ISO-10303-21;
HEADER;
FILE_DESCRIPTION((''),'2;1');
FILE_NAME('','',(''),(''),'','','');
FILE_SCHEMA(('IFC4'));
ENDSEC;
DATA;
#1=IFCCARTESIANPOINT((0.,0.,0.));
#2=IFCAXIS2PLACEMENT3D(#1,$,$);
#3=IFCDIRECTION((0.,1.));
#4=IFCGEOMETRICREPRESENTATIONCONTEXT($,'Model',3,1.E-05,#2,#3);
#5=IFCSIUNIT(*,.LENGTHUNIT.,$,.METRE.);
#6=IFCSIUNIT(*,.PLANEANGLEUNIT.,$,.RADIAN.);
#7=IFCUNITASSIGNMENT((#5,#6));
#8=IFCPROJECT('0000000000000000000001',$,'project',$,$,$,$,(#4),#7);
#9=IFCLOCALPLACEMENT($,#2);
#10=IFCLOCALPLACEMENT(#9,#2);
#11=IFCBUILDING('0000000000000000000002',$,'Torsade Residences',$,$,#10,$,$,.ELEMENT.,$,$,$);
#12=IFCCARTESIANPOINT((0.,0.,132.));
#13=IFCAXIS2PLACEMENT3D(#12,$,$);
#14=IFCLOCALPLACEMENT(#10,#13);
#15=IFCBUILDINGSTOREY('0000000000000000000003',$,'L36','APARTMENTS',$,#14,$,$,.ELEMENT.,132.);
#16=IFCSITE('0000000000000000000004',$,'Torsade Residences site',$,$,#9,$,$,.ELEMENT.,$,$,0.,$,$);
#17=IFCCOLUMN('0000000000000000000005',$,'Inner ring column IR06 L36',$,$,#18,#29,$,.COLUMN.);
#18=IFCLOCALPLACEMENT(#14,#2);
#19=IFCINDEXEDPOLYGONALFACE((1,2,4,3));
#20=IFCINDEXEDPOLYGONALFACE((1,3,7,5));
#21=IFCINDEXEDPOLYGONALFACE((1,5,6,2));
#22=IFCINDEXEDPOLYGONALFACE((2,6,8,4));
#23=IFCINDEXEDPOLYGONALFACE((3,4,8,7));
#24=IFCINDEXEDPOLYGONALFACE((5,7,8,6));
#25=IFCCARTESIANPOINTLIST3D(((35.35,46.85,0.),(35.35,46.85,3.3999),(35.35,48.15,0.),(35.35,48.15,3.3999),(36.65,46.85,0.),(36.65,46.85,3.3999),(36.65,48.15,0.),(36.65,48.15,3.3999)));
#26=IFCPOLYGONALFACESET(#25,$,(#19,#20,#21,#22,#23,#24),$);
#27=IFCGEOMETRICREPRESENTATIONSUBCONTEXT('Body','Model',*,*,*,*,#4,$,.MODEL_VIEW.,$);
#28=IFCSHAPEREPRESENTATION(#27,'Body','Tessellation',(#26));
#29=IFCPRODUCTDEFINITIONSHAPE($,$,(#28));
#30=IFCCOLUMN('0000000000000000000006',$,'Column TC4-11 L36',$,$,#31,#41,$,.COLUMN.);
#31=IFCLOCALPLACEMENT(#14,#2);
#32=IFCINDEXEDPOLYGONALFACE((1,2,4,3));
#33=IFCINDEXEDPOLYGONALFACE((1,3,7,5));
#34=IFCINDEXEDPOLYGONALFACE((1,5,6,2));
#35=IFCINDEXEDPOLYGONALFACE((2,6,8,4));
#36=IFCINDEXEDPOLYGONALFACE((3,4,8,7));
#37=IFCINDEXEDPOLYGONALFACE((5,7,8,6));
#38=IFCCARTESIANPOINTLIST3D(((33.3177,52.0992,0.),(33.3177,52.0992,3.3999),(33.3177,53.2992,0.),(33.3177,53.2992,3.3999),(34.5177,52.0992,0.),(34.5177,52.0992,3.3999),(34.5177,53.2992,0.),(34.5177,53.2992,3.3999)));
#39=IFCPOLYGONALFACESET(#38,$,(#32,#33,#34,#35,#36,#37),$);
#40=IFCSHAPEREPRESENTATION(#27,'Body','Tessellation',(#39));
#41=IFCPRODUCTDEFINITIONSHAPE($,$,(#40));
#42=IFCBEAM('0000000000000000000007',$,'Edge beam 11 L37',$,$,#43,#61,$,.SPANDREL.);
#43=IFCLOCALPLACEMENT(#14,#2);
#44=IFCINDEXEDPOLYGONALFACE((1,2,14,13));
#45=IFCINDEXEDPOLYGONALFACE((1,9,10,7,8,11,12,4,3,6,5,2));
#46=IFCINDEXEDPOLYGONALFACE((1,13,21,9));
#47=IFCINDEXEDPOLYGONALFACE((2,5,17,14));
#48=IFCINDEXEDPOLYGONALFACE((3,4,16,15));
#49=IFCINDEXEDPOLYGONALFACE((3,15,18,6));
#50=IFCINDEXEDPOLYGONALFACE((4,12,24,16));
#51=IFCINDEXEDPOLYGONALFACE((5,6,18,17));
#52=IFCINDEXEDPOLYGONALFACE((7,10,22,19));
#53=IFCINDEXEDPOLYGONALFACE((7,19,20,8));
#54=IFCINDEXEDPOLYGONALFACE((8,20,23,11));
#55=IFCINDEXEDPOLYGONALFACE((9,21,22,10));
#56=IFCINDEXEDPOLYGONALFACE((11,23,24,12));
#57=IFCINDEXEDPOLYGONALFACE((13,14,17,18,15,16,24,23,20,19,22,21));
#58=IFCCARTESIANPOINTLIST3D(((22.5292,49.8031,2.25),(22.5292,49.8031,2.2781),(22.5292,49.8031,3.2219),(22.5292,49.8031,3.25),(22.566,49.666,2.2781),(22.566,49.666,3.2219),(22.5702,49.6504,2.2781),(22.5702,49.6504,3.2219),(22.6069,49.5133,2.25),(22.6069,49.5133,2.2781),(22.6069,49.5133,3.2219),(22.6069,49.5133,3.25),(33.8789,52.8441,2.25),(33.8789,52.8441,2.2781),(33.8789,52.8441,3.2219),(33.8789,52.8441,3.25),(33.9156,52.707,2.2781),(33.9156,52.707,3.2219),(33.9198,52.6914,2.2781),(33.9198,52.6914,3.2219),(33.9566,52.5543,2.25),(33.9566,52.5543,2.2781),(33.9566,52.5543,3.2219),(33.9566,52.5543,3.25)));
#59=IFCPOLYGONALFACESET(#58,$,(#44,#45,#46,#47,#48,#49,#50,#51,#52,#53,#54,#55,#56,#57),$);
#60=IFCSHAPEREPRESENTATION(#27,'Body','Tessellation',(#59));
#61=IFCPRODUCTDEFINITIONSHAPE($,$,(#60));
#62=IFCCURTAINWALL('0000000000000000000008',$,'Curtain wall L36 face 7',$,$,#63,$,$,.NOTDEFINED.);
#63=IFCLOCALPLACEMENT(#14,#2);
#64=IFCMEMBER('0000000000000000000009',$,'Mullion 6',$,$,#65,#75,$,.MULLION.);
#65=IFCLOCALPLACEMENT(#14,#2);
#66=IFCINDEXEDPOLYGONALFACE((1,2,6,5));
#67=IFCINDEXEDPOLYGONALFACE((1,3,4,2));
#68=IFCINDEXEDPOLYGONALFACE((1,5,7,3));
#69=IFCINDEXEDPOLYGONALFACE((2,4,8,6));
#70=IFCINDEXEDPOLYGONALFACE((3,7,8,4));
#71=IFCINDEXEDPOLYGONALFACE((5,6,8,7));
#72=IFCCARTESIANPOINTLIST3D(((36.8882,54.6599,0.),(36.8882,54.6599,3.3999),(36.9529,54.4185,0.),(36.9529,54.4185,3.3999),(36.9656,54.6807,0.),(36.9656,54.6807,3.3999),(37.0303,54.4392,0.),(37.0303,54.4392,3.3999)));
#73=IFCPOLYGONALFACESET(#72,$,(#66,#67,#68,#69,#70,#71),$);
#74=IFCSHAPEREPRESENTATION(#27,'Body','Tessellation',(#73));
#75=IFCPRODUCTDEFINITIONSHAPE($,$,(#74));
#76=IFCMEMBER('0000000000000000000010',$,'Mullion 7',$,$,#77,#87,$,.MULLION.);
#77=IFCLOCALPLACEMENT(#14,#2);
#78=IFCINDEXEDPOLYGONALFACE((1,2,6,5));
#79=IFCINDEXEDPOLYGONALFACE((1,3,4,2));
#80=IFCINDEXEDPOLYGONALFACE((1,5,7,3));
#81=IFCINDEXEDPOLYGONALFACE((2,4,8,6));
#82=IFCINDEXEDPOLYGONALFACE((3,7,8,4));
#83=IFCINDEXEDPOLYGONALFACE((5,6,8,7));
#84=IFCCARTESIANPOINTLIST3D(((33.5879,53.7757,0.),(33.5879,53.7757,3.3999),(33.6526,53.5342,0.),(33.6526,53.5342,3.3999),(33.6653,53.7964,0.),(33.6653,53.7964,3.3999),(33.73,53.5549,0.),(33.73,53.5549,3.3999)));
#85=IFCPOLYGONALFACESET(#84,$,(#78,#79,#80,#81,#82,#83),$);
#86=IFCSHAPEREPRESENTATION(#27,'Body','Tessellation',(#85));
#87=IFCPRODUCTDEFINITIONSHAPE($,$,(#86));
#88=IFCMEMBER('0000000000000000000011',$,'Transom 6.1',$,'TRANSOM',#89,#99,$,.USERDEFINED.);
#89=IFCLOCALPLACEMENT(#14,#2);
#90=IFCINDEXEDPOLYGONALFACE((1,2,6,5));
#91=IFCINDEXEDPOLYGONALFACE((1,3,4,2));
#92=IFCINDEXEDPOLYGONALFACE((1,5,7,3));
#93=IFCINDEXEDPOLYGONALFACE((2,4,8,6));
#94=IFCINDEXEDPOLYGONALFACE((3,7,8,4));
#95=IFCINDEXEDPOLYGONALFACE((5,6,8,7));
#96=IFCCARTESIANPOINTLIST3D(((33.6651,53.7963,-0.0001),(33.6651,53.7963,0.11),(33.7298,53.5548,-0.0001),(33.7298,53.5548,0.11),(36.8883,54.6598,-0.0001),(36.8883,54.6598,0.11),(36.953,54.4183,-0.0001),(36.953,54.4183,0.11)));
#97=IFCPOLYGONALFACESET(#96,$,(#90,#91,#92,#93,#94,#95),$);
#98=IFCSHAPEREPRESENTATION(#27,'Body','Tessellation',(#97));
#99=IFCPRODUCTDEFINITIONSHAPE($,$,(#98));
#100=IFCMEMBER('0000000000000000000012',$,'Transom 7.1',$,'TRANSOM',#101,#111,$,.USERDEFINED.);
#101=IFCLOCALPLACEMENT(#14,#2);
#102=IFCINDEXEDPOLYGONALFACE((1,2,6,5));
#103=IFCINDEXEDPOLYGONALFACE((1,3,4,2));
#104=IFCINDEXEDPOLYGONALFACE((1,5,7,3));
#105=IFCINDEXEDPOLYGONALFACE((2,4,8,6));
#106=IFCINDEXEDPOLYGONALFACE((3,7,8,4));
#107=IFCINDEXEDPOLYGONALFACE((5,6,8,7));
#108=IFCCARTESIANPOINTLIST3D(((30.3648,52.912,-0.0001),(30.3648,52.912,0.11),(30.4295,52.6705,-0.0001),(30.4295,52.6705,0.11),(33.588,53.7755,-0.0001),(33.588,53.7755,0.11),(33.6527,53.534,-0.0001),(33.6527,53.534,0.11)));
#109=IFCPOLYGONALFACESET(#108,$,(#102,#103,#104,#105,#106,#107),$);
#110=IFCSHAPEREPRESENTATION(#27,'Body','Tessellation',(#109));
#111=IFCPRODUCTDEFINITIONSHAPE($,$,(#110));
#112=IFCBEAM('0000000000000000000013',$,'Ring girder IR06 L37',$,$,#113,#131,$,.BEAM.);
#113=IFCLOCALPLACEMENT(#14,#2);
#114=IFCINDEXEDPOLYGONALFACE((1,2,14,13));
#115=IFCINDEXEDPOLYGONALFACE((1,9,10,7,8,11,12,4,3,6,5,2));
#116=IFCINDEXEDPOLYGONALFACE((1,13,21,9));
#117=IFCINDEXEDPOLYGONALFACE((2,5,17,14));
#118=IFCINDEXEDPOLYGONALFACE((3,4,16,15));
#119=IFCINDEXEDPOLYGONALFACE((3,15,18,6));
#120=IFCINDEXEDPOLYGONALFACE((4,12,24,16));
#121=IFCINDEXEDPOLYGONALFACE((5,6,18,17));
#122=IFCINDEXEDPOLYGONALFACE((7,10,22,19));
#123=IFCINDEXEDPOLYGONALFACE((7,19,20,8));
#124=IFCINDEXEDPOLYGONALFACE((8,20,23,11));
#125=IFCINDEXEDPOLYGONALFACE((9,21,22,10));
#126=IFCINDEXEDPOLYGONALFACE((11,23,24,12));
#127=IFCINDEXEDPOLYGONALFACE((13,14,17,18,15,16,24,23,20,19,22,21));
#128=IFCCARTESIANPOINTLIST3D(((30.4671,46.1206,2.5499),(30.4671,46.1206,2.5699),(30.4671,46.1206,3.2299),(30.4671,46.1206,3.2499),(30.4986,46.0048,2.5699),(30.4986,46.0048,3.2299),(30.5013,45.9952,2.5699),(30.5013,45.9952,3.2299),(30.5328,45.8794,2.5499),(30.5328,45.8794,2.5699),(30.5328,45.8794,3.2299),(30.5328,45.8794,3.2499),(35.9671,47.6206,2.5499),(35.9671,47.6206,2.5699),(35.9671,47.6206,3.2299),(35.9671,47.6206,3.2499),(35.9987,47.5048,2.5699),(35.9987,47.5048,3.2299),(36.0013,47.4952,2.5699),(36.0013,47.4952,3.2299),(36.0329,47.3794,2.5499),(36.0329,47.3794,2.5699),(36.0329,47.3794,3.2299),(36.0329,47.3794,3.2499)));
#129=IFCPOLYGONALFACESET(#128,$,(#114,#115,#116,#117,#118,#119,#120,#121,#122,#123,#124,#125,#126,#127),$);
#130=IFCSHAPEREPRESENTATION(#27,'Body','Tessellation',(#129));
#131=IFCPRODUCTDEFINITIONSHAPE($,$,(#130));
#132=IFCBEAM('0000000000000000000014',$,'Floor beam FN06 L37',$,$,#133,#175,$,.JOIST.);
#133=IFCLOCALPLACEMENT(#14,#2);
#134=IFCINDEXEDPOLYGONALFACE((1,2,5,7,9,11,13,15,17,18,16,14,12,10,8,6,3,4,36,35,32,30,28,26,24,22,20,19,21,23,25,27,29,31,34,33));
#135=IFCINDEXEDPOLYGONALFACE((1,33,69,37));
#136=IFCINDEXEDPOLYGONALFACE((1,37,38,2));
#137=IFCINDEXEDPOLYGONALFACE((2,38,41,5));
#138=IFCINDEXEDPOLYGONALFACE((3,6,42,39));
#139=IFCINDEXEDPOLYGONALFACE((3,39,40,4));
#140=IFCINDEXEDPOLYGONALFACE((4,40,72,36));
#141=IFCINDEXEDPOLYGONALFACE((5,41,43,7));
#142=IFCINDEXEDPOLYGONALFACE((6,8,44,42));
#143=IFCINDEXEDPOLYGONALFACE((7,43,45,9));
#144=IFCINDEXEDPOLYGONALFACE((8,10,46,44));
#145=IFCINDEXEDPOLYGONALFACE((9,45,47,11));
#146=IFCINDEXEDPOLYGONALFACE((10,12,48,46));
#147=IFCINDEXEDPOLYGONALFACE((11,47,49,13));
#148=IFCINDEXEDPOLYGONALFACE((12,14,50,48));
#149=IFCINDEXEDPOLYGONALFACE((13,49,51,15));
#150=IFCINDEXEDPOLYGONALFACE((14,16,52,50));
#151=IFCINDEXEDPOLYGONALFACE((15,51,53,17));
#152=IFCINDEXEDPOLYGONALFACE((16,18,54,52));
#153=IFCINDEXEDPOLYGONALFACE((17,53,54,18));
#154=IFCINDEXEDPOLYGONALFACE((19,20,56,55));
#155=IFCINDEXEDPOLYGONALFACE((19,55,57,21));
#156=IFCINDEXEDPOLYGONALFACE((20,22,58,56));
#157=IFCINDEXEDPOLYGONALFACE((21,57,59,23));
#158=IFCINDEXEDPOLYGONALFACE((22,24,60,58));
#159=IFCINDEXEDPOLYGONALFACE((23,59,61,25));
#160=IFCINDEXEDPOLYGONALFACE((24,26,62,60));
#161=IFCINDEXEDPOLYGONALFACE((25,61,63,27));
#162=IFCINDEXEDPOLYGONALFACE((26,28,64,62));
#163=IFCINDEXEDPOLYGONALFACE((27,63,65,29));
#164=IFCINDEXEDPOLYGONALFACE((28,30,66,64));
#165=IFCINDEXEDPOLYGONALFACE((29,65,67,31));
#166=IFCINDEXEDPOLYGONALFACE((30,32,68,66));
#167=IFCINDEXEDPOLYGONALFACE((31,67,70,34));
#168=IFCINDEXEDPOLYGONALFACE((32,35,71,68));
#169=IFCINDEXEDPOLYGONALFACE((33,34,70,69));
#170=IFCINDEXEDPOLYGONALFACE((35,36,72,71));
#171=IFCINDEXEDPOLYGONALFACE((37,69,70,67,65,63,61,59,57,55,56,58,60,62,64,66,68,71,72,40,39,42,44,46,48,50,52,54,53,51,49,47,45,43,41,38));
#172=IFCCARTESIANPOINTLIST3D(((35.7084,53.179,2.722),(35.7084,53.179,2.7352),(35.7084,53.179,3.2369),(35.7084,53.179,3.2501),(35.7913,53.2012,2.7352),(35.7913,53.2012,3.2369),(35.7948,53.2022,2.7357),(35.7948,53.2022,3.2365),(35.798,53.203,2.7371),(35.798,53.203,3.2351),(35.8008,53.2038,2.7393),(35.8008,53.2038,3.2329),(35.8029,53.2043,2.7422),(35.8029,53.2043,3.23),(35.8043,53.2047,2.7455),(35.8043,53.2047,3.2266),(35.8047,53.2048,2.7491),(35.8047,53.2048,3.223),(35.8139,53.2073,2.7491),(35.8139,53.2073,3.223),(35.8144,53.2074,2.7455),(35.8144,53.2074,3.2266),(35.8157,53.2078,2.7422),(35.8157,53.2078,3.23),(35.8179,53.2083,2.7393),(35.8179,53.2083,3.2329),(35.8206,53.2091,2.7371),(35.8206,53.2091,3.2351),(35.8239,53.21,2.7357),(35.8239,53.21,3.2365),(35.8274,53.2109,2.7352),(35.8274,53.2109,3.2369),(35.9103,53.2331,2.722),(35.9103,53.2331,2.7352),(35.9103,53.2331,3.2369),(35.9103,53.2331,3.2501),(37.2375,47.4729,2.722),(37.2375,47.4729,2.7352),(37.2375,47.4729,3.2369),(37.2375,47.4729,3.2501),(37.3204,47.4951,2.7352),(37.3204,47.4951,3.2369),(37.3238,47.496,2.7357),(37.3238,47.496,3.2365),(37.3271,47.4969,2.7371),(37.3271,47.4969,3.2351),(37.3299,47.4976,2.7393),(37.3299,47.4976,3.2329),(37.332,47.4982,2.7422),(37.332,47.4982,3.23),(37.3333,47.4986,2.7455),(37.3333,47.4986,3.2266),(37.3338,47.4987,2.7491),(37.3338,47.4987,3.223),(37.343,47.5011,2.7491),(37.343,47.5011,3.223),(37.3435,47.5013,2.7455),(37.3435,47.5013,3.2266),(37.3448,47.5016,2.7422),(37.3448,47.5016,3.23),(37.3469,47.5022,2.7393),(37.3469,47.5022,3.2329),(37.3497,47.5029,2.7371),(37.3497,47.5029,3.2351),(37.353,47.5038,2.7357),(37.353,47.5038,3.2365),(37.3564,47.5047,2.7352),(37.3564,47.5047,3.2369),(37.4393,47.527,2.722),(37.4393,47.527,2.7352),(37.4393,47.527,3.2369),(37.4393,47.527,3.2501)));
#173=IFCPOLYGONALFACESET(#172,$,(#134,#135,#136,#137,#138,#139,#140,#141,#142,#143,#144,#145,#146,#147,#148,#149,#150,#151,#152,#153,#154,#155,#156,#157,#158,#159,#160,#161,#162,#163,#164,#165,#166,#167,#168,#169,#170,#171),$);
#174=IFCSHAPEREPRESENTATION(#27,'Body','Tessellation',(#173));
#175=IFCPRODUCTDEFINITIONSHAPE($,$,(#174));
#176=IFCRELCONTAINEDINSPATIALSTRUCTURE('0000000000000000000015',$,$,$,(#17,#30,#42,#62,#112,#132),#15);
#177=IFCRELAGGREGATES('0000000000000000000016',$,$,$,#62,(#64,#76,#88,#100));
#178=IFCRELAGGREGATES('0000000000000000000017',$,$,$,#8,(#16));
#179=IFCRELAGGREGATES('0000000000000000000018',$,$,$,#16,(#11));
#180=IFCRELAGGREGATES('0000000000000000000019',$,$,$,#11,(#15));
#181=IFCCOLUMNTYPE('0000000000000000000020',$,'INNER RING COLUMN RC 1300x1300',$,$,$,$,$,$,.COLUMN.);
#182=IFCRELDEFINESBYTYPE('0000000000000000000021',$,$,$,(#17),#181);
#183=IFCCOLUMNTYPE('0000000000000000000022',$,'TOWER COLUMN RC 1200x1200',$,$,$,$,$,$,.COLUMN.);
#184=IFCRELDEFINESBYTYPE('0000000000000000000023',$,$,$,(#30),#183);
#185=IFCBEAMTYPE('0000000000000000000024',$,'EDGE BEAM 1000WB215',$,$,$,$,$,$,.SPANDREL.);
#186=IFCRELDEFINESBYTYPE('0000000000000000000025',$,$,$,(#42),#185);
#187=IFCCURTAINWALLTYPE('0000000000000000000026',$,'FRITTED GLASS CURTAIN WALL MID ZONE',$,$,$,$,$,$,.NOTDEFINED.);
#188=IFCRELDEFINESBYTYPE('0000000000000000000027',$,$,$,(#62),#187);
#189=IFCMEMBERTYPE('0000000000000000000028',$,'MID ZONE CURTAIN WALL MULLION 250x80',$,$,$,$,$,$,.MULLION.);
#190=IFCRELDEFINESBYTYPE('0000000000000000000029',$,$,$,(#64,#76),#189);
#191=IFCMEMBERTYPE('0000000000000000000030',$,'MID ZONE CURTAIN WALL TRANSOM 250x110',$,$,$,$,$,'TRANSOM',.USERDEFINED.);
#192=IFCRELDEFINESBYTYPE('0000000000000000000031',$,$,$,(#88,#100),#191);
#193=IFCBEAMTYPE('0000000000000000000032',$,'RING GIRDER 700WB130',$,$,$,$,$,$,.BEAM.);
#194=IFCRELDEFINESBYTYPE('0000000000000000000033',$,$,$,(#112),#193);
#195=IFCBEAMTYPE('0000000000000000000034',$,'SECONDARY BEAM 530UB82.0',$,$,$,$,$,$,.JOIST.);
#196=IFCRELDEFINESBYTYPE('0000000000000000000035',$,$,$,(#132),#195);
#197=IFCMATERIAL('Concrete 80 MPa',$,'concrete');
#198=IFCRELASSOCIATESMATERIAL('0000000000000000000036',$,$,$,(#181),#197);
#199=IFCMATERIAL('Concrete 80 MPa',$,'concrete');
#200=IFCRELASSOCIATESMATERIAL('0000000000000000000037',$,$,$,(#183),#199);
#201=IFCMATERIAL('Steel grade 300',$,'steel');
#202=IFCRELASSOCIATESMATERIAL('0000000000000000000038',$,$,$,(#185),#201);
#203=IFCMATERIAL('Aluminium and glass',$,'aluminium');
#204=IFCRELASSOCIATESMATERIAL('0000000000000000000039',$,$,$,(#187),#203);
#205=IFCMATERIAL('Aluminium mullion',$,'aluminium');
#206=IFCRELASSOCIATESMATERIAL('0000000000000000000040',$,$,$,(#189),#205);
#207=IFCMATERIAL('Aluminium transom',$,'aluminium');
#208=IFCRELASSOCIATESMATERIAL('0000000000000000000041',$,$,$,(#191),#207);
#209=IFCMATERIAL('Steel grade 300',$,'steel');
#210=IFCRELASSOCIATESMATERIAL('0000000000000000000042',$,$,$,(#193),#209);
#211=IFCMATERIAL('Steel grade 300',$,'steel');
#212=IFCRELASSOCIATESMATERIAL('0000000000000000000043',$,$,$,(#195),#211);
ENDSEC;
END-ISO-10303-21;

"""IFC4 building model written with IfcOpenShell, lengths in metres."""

from ifc_helpers import new_model, si_unit, direction, frame, origin, origin_2d, place, context, subcontext, project, spatial, rectangle, i_section, extrude, material, material_profile, profile_set, type_object, element, aggregate, save


model = new_model("IFC4")

# Units and contexts
model_context = context("Model", 3, precision=1e-05, world=origin(), true_north=direction((0.0, 1.0)))
body_context = subcontext(model_context, "Body", "Model", "MODEL_VIEW")
ifc_project = project(units=[si_unit("LENGTHUNIT", "METRE"), si_unit("PLANEANGLEUNIT", "RADIAN")], contexts=[model_context])

# Site, building, storey
site_placement = place(None, origin())
site = spatial("IfcSite", under=ifc_project, at=site_placement, Name="Torsade Residences site", CompositionType="ELEMENT", RefElevation=0.0)
building_placement = place(site_placement, origin())
building = spatial("IfcBuilding", under=site, at=building_placement, Name="Torsade Residences", CompositionType="ELEMENT")
storey_placement = place(building_placement, frame((0.0, 0.0, 132.0)))
storey = spatial("IfcBuildingStorey", under=building, at=storey_placement, Name="L36", Description="APARTMENTS", CompositionType="ELEMENT", Elevation=132.0)

# Columns
ifc_material_1 = material(Name="Concrete 80 MPa", Category="concrete")
ifc_material_profile_1 = material_profile(ifc_material_1, rectangle(XDim=1.3, YDim=1.3, at=origin_2d()), Name="RC 1300x1300")
ifc_profile_set_1 = profile_set([ifc_material_profile_1], Name="Concrete 80 MPa")
column_type_1 = type_object("IfcColumnType", Name="INNER RING COLUMN RC 1300x1300", PredefinedType="COLUMN", material=ifc_profile_set_1)
column_1_placement = place(storey_placement, frame((36.0, 47.5, 0.0), z_axis=(0.0, 0.0, 1.0), x_axis=(1.0, 0.0, 0.0)))
element("IfcColumn", 1, at=column_1_placement, inside=storey, type_object=column_type_1, Name="Inner ring column IR06 L36", PredefinedType="COLUMN", context=body_context, shape_type="SweptSolid", body=[
    extrude(rectangle(XDim=1.3, YDim=1.3, at=origin_2d()), origin(), (0.0, 0.0, 1.0), 3.3999),
])
ifc_material_2 = material(Name="Concrete 80 MPa", Category="concrete")
ifc_material_profile_2 = material_profile(ifc_material_2, rectangle(XDim=1.2, YDim=1.2, at=origin_2d()), Name="RC 1200x1200")
ifc_profile_set_2 = profile_set([ifc_material_profile_2], Name="Concrete 80 MPa")
column_type_2 = type_object("IfcColumnType", Name="TOWER COLUMN RC 1200x1200", PredefinedType="COLUMN", material=ifc_profile_set_2)
column_2_placement = place(storey_placement, frame((33.9177, 52.6992, 0.0), z_axis=(0.0, 0.0, 1.0), x_axis=(1.0, 0.0, 0.0)))
element("IfcColumn", 2, at=column_2_placement, inside=storey, type_object=column_type_2, Name="Column TC4-11 L36", PredefinedType="COLUMN", context=body_context, shape_type="SweptSolid", body=[
    extrude(rectangle(XDim=1.2, YDim=1.2, at=origin_2d()), origin(), (0.0, 0.0, 1.0), 3.3999),
])

# Beam
ifc_material_3 = material(Name="Steel grade 300", Category="steel")
ifc_material_profile_3 = material_profile(ifc_material_3, i_section(OverallWidth=0.3, OverallDepth=1.0, WebThickness=0.0161, FlangeThickness=0.0281, at=origin_2d()), Name="1000WB215")
ifc_profile_set_3 = profile_set([ifc_material_profile_3], Name="Steel grade 300")
beam_type_1 = type_object("IfcBeamType", Name="EDGE BEAM 1000WB215", PredefinedType="SPANDREL", material=ifc_profile_set_3)
beam_1_placement = place(storey_placement, frame((33.9177, 52.6992, 2.75), z_axis=(-0.965928, -0.258811, 0.0), x_axis=(0.258811, -0.965928, 0.0)))
element("IfcBeam", 3, at=beam_1_placement, inside=storey, type_object=beam_type_1, Name="Edge beam 11 L37", PredefinedType="SPANDREL", context=body_context, shape_type="SweptSolid", body=[
    extrude(i_section(OverallWidth=0.3, OverallDepth=1.0, WebThickness=0.0161, FlangeThickness=0.0281, at=origin_2d()), origin(), (0.0, 0.0, 1.0), 11.75),
])

# Curtain wall, members
ifc_material_4 = material(Name="Aluminium and glass", Category="aluminium")
curtain_wall_type = type_object("IfcCurtainWallType", Name="FRITTED GLASS CURTAIN WALL MID ZONE", PredefinedType="NOTDEFINED", material=ifc_material_4)
curtain_wall_placement = place(storey_placement, origin())
curtain_wall = element("IfcCurtainWall", 4, at=curtain_wall_placement, inside=storey, type_object=curtain_wall_type, Name="Curtain wall L36 face 7", PredefinedType="NOTDEFINED")
ifc_material_5 = material(Name="Aluminium mullion", Category="aluminium")
ifc_material_profile_4 = material_profile(ifc_material_5, rectangle(XDim=0.25, YDim=0.0801, at=origin_2d()), Name="MID ZONE CURTAIN WALL MULLION 250x80")
ifc_profile_set_4 = profile_set([ifc_material_profile_4], Name="Aluminium mullion")
member_type_1 = type_object("IfcMemberType", Name="MID ZONE CURTAIN WALL MULLION 250x80", PredefinedType="MULLION", material=ifc_profile_set_4)
member_1_placement = place(storey_placement, frame((36.9592, 54.5496, 0.0), z_axis=(0.0, 0.0, 1.0), x_axis=(0.258819, -0.965926, 0.0)))
member_1 = element("IfcMember", 5, at=member_1_placement, type_object=member_type_1, Name="Mullion 6", PredefinedType="MULLION", context=body_context, shape_type="SweptSolid", body=[
    extrude(rectangle(XDim=0.25, YDim=0.0801, at=origin_2d()), origin(), (0.0, 0.0, 1.0), 3.3999),
])
member_2_placement = place(storey_placement, frame((33.6589, 53.6653, 0.0), z_axis=(0.0, 0.0, 1.0), x_axis=(0.258819, -0.965926, 0.0)))
member_2 = element("IfcMember", 6, at=member_2_placement, type_object=member_type_1, Name="Mullion 7", PredefinedType="MULLION", context=body_context, shape_type="SweptSolid", body=[
    extrude(rectangle(XDim=0.25, YDim=0.0801, at=origin_2d()), origin(), (0.0, 0.0, 1.0), 3.3999),
])
ifc_material_6 = material(Name="Aluminium transom", Category="aluminium")
ifc_material_profile_5 = material_profile(ifc_material_6, rectangle(XDim=0.25, YDim=0.1101, at=origin_2d()), Name="MID ZONE CURTAIN WALL TRANSOM 250x110")
ifc_profile_set_5 = profile_set([ifc_material_profile_5], Name="Aluminium transom")
member_type_2 = type_object("IfcMemberType", Name="MID ZONE CURTAIN WALL TRANSOM 250x110", ElementType="TRANSOM", PredefinedType="USERDEFINED", material=ifc_profile_set_5)
member_3_placement = place(storey_placement, frame((36.9207, 54.5391, 0.0549), z_axis=(-0.965934, -0.258787, 0.0), x_axis=(0.258787, -0.965934, 0.0)))
member_3 = element("IfcMember", 7, at=member_3_placement, type_object=member_type_2, Name="Transom 6.1", ObjectType="TRANSOM", PredefinedType="USERDEFINED", context=body_context, shape_type="SweptSolid", body=[
    extrude(rectangle(XDim=0.25, YDim=0.1101, at=origin_2d()), origin(), (0.0, 0.0, 1.0), 3.3369),
])
member_4_placement = place(storey_placement, frame((33.6204, 53.6548, 0.0549), z_axis=(-0.965934, -0.258787, 0.0), x_axis=(0.258787, -0.965934, 0.0)))
member_4 = element("IfcMember", 8, at=member_4_placement, type_object=member_type_2, Name="Transom 7.1", ObjectType="TRANSOM", PredefinedType="USERDEFINED", context=body_context, shape_type="SweptSolid", body=[
    extrude(rectangle(XDim=0.25, YDim=0.1101, at=origin_2d()), origin(), (0.0, 0.0, 1.0), 3.3369),
])

# Beams
ifc_material_7 = material(Name="Steel grade 300", Category="steel")
ifc_material_profile_6 = material_profile(ifc_material_7, i_section(OverallWidth=0.25, OverallDepth=0.7, WebThickness=0.01, FlangeThickness=0.02, at=origin_2d()), Name="700WB130")
ifc_profile_set_6 = profile_set([ifc_material_profile_6], Name="Steel grade 300")
beam_type_2 = type_object("IfcBeamType", Name="RING GIRDER 700WB130", PredefinedType="BEAM", material=ifc_profile_set_6)
beam_2_placement = place(storey_placement, frame((36.0, 47.5, 2.8999), z_axis=(-0.964764, -0.263117, 0.0), x_axis=(0.263117, -0.964764, 0.0)))
element("IfcBeam", 9, at=beam_2_placement, inside=storey, type_object=beam_type_2, Name="Ring girder IR06 L37", PredefinedType="BEAM", context=body_context, shape_type="SweptSolid", body=[
    extrude(i_section(OverallWidth=0.25, OverallDepth=0.7, WebThickness=0.01, FlangeThickness=0.02, at=origin_2d()), origin(), (0.0, 0.0, 1.0), 5.7009),
])
ifc_material_8 = material(Name="Steel grade 300", Category="steel")
ifc_material_profile_7 = material_profile(ifc_material_8, i_section(OverallWidth=0.209, OverallDepth=0.5281, WebThickness=0.0095, FlangeThickness=0.0132, FilletRadius=0.0139, at=origin_2d()), Name="530UB82.0")
ifc_profile_set_7 = profile_set([ifc_material_profile_7], Name="Steel grade 300")
beam_type_3 = type_object("IfcBeamType", Name="SECONDARY BEAM 530UB82.0", PredefinedType="JOIST", material=ifc_profile_set_7)
beam_3_placement = place(storey_placement, frame((35.8093, 53.2061, 2.9861), z_axis=(0.258838, -0.965921, 0.0), x_axis=(0.965921, 0.258838, 0.0)))
element("IfcBeam", 10, at=beam_3_placement, inside=storey, type_object=beam_type_3, Name="Floor beam FN06 L37", PredefinedType="JOIST", context=body_context, shape_type="SweptSolid", body=[
    extrude(i_section(OverallWidth=0.209, OverallDepth=0.5281, WebThickness=0.0095, FlangeThickness=0.0132, FilletRadius=0.0139, at=origin_2d()), origin(), (0.0, 0.0, 1.0), 5.9075),
])

aggregate(curtain_wall, [member_1, member_2, member_3, member_4])

save(model, "model.ifc")
